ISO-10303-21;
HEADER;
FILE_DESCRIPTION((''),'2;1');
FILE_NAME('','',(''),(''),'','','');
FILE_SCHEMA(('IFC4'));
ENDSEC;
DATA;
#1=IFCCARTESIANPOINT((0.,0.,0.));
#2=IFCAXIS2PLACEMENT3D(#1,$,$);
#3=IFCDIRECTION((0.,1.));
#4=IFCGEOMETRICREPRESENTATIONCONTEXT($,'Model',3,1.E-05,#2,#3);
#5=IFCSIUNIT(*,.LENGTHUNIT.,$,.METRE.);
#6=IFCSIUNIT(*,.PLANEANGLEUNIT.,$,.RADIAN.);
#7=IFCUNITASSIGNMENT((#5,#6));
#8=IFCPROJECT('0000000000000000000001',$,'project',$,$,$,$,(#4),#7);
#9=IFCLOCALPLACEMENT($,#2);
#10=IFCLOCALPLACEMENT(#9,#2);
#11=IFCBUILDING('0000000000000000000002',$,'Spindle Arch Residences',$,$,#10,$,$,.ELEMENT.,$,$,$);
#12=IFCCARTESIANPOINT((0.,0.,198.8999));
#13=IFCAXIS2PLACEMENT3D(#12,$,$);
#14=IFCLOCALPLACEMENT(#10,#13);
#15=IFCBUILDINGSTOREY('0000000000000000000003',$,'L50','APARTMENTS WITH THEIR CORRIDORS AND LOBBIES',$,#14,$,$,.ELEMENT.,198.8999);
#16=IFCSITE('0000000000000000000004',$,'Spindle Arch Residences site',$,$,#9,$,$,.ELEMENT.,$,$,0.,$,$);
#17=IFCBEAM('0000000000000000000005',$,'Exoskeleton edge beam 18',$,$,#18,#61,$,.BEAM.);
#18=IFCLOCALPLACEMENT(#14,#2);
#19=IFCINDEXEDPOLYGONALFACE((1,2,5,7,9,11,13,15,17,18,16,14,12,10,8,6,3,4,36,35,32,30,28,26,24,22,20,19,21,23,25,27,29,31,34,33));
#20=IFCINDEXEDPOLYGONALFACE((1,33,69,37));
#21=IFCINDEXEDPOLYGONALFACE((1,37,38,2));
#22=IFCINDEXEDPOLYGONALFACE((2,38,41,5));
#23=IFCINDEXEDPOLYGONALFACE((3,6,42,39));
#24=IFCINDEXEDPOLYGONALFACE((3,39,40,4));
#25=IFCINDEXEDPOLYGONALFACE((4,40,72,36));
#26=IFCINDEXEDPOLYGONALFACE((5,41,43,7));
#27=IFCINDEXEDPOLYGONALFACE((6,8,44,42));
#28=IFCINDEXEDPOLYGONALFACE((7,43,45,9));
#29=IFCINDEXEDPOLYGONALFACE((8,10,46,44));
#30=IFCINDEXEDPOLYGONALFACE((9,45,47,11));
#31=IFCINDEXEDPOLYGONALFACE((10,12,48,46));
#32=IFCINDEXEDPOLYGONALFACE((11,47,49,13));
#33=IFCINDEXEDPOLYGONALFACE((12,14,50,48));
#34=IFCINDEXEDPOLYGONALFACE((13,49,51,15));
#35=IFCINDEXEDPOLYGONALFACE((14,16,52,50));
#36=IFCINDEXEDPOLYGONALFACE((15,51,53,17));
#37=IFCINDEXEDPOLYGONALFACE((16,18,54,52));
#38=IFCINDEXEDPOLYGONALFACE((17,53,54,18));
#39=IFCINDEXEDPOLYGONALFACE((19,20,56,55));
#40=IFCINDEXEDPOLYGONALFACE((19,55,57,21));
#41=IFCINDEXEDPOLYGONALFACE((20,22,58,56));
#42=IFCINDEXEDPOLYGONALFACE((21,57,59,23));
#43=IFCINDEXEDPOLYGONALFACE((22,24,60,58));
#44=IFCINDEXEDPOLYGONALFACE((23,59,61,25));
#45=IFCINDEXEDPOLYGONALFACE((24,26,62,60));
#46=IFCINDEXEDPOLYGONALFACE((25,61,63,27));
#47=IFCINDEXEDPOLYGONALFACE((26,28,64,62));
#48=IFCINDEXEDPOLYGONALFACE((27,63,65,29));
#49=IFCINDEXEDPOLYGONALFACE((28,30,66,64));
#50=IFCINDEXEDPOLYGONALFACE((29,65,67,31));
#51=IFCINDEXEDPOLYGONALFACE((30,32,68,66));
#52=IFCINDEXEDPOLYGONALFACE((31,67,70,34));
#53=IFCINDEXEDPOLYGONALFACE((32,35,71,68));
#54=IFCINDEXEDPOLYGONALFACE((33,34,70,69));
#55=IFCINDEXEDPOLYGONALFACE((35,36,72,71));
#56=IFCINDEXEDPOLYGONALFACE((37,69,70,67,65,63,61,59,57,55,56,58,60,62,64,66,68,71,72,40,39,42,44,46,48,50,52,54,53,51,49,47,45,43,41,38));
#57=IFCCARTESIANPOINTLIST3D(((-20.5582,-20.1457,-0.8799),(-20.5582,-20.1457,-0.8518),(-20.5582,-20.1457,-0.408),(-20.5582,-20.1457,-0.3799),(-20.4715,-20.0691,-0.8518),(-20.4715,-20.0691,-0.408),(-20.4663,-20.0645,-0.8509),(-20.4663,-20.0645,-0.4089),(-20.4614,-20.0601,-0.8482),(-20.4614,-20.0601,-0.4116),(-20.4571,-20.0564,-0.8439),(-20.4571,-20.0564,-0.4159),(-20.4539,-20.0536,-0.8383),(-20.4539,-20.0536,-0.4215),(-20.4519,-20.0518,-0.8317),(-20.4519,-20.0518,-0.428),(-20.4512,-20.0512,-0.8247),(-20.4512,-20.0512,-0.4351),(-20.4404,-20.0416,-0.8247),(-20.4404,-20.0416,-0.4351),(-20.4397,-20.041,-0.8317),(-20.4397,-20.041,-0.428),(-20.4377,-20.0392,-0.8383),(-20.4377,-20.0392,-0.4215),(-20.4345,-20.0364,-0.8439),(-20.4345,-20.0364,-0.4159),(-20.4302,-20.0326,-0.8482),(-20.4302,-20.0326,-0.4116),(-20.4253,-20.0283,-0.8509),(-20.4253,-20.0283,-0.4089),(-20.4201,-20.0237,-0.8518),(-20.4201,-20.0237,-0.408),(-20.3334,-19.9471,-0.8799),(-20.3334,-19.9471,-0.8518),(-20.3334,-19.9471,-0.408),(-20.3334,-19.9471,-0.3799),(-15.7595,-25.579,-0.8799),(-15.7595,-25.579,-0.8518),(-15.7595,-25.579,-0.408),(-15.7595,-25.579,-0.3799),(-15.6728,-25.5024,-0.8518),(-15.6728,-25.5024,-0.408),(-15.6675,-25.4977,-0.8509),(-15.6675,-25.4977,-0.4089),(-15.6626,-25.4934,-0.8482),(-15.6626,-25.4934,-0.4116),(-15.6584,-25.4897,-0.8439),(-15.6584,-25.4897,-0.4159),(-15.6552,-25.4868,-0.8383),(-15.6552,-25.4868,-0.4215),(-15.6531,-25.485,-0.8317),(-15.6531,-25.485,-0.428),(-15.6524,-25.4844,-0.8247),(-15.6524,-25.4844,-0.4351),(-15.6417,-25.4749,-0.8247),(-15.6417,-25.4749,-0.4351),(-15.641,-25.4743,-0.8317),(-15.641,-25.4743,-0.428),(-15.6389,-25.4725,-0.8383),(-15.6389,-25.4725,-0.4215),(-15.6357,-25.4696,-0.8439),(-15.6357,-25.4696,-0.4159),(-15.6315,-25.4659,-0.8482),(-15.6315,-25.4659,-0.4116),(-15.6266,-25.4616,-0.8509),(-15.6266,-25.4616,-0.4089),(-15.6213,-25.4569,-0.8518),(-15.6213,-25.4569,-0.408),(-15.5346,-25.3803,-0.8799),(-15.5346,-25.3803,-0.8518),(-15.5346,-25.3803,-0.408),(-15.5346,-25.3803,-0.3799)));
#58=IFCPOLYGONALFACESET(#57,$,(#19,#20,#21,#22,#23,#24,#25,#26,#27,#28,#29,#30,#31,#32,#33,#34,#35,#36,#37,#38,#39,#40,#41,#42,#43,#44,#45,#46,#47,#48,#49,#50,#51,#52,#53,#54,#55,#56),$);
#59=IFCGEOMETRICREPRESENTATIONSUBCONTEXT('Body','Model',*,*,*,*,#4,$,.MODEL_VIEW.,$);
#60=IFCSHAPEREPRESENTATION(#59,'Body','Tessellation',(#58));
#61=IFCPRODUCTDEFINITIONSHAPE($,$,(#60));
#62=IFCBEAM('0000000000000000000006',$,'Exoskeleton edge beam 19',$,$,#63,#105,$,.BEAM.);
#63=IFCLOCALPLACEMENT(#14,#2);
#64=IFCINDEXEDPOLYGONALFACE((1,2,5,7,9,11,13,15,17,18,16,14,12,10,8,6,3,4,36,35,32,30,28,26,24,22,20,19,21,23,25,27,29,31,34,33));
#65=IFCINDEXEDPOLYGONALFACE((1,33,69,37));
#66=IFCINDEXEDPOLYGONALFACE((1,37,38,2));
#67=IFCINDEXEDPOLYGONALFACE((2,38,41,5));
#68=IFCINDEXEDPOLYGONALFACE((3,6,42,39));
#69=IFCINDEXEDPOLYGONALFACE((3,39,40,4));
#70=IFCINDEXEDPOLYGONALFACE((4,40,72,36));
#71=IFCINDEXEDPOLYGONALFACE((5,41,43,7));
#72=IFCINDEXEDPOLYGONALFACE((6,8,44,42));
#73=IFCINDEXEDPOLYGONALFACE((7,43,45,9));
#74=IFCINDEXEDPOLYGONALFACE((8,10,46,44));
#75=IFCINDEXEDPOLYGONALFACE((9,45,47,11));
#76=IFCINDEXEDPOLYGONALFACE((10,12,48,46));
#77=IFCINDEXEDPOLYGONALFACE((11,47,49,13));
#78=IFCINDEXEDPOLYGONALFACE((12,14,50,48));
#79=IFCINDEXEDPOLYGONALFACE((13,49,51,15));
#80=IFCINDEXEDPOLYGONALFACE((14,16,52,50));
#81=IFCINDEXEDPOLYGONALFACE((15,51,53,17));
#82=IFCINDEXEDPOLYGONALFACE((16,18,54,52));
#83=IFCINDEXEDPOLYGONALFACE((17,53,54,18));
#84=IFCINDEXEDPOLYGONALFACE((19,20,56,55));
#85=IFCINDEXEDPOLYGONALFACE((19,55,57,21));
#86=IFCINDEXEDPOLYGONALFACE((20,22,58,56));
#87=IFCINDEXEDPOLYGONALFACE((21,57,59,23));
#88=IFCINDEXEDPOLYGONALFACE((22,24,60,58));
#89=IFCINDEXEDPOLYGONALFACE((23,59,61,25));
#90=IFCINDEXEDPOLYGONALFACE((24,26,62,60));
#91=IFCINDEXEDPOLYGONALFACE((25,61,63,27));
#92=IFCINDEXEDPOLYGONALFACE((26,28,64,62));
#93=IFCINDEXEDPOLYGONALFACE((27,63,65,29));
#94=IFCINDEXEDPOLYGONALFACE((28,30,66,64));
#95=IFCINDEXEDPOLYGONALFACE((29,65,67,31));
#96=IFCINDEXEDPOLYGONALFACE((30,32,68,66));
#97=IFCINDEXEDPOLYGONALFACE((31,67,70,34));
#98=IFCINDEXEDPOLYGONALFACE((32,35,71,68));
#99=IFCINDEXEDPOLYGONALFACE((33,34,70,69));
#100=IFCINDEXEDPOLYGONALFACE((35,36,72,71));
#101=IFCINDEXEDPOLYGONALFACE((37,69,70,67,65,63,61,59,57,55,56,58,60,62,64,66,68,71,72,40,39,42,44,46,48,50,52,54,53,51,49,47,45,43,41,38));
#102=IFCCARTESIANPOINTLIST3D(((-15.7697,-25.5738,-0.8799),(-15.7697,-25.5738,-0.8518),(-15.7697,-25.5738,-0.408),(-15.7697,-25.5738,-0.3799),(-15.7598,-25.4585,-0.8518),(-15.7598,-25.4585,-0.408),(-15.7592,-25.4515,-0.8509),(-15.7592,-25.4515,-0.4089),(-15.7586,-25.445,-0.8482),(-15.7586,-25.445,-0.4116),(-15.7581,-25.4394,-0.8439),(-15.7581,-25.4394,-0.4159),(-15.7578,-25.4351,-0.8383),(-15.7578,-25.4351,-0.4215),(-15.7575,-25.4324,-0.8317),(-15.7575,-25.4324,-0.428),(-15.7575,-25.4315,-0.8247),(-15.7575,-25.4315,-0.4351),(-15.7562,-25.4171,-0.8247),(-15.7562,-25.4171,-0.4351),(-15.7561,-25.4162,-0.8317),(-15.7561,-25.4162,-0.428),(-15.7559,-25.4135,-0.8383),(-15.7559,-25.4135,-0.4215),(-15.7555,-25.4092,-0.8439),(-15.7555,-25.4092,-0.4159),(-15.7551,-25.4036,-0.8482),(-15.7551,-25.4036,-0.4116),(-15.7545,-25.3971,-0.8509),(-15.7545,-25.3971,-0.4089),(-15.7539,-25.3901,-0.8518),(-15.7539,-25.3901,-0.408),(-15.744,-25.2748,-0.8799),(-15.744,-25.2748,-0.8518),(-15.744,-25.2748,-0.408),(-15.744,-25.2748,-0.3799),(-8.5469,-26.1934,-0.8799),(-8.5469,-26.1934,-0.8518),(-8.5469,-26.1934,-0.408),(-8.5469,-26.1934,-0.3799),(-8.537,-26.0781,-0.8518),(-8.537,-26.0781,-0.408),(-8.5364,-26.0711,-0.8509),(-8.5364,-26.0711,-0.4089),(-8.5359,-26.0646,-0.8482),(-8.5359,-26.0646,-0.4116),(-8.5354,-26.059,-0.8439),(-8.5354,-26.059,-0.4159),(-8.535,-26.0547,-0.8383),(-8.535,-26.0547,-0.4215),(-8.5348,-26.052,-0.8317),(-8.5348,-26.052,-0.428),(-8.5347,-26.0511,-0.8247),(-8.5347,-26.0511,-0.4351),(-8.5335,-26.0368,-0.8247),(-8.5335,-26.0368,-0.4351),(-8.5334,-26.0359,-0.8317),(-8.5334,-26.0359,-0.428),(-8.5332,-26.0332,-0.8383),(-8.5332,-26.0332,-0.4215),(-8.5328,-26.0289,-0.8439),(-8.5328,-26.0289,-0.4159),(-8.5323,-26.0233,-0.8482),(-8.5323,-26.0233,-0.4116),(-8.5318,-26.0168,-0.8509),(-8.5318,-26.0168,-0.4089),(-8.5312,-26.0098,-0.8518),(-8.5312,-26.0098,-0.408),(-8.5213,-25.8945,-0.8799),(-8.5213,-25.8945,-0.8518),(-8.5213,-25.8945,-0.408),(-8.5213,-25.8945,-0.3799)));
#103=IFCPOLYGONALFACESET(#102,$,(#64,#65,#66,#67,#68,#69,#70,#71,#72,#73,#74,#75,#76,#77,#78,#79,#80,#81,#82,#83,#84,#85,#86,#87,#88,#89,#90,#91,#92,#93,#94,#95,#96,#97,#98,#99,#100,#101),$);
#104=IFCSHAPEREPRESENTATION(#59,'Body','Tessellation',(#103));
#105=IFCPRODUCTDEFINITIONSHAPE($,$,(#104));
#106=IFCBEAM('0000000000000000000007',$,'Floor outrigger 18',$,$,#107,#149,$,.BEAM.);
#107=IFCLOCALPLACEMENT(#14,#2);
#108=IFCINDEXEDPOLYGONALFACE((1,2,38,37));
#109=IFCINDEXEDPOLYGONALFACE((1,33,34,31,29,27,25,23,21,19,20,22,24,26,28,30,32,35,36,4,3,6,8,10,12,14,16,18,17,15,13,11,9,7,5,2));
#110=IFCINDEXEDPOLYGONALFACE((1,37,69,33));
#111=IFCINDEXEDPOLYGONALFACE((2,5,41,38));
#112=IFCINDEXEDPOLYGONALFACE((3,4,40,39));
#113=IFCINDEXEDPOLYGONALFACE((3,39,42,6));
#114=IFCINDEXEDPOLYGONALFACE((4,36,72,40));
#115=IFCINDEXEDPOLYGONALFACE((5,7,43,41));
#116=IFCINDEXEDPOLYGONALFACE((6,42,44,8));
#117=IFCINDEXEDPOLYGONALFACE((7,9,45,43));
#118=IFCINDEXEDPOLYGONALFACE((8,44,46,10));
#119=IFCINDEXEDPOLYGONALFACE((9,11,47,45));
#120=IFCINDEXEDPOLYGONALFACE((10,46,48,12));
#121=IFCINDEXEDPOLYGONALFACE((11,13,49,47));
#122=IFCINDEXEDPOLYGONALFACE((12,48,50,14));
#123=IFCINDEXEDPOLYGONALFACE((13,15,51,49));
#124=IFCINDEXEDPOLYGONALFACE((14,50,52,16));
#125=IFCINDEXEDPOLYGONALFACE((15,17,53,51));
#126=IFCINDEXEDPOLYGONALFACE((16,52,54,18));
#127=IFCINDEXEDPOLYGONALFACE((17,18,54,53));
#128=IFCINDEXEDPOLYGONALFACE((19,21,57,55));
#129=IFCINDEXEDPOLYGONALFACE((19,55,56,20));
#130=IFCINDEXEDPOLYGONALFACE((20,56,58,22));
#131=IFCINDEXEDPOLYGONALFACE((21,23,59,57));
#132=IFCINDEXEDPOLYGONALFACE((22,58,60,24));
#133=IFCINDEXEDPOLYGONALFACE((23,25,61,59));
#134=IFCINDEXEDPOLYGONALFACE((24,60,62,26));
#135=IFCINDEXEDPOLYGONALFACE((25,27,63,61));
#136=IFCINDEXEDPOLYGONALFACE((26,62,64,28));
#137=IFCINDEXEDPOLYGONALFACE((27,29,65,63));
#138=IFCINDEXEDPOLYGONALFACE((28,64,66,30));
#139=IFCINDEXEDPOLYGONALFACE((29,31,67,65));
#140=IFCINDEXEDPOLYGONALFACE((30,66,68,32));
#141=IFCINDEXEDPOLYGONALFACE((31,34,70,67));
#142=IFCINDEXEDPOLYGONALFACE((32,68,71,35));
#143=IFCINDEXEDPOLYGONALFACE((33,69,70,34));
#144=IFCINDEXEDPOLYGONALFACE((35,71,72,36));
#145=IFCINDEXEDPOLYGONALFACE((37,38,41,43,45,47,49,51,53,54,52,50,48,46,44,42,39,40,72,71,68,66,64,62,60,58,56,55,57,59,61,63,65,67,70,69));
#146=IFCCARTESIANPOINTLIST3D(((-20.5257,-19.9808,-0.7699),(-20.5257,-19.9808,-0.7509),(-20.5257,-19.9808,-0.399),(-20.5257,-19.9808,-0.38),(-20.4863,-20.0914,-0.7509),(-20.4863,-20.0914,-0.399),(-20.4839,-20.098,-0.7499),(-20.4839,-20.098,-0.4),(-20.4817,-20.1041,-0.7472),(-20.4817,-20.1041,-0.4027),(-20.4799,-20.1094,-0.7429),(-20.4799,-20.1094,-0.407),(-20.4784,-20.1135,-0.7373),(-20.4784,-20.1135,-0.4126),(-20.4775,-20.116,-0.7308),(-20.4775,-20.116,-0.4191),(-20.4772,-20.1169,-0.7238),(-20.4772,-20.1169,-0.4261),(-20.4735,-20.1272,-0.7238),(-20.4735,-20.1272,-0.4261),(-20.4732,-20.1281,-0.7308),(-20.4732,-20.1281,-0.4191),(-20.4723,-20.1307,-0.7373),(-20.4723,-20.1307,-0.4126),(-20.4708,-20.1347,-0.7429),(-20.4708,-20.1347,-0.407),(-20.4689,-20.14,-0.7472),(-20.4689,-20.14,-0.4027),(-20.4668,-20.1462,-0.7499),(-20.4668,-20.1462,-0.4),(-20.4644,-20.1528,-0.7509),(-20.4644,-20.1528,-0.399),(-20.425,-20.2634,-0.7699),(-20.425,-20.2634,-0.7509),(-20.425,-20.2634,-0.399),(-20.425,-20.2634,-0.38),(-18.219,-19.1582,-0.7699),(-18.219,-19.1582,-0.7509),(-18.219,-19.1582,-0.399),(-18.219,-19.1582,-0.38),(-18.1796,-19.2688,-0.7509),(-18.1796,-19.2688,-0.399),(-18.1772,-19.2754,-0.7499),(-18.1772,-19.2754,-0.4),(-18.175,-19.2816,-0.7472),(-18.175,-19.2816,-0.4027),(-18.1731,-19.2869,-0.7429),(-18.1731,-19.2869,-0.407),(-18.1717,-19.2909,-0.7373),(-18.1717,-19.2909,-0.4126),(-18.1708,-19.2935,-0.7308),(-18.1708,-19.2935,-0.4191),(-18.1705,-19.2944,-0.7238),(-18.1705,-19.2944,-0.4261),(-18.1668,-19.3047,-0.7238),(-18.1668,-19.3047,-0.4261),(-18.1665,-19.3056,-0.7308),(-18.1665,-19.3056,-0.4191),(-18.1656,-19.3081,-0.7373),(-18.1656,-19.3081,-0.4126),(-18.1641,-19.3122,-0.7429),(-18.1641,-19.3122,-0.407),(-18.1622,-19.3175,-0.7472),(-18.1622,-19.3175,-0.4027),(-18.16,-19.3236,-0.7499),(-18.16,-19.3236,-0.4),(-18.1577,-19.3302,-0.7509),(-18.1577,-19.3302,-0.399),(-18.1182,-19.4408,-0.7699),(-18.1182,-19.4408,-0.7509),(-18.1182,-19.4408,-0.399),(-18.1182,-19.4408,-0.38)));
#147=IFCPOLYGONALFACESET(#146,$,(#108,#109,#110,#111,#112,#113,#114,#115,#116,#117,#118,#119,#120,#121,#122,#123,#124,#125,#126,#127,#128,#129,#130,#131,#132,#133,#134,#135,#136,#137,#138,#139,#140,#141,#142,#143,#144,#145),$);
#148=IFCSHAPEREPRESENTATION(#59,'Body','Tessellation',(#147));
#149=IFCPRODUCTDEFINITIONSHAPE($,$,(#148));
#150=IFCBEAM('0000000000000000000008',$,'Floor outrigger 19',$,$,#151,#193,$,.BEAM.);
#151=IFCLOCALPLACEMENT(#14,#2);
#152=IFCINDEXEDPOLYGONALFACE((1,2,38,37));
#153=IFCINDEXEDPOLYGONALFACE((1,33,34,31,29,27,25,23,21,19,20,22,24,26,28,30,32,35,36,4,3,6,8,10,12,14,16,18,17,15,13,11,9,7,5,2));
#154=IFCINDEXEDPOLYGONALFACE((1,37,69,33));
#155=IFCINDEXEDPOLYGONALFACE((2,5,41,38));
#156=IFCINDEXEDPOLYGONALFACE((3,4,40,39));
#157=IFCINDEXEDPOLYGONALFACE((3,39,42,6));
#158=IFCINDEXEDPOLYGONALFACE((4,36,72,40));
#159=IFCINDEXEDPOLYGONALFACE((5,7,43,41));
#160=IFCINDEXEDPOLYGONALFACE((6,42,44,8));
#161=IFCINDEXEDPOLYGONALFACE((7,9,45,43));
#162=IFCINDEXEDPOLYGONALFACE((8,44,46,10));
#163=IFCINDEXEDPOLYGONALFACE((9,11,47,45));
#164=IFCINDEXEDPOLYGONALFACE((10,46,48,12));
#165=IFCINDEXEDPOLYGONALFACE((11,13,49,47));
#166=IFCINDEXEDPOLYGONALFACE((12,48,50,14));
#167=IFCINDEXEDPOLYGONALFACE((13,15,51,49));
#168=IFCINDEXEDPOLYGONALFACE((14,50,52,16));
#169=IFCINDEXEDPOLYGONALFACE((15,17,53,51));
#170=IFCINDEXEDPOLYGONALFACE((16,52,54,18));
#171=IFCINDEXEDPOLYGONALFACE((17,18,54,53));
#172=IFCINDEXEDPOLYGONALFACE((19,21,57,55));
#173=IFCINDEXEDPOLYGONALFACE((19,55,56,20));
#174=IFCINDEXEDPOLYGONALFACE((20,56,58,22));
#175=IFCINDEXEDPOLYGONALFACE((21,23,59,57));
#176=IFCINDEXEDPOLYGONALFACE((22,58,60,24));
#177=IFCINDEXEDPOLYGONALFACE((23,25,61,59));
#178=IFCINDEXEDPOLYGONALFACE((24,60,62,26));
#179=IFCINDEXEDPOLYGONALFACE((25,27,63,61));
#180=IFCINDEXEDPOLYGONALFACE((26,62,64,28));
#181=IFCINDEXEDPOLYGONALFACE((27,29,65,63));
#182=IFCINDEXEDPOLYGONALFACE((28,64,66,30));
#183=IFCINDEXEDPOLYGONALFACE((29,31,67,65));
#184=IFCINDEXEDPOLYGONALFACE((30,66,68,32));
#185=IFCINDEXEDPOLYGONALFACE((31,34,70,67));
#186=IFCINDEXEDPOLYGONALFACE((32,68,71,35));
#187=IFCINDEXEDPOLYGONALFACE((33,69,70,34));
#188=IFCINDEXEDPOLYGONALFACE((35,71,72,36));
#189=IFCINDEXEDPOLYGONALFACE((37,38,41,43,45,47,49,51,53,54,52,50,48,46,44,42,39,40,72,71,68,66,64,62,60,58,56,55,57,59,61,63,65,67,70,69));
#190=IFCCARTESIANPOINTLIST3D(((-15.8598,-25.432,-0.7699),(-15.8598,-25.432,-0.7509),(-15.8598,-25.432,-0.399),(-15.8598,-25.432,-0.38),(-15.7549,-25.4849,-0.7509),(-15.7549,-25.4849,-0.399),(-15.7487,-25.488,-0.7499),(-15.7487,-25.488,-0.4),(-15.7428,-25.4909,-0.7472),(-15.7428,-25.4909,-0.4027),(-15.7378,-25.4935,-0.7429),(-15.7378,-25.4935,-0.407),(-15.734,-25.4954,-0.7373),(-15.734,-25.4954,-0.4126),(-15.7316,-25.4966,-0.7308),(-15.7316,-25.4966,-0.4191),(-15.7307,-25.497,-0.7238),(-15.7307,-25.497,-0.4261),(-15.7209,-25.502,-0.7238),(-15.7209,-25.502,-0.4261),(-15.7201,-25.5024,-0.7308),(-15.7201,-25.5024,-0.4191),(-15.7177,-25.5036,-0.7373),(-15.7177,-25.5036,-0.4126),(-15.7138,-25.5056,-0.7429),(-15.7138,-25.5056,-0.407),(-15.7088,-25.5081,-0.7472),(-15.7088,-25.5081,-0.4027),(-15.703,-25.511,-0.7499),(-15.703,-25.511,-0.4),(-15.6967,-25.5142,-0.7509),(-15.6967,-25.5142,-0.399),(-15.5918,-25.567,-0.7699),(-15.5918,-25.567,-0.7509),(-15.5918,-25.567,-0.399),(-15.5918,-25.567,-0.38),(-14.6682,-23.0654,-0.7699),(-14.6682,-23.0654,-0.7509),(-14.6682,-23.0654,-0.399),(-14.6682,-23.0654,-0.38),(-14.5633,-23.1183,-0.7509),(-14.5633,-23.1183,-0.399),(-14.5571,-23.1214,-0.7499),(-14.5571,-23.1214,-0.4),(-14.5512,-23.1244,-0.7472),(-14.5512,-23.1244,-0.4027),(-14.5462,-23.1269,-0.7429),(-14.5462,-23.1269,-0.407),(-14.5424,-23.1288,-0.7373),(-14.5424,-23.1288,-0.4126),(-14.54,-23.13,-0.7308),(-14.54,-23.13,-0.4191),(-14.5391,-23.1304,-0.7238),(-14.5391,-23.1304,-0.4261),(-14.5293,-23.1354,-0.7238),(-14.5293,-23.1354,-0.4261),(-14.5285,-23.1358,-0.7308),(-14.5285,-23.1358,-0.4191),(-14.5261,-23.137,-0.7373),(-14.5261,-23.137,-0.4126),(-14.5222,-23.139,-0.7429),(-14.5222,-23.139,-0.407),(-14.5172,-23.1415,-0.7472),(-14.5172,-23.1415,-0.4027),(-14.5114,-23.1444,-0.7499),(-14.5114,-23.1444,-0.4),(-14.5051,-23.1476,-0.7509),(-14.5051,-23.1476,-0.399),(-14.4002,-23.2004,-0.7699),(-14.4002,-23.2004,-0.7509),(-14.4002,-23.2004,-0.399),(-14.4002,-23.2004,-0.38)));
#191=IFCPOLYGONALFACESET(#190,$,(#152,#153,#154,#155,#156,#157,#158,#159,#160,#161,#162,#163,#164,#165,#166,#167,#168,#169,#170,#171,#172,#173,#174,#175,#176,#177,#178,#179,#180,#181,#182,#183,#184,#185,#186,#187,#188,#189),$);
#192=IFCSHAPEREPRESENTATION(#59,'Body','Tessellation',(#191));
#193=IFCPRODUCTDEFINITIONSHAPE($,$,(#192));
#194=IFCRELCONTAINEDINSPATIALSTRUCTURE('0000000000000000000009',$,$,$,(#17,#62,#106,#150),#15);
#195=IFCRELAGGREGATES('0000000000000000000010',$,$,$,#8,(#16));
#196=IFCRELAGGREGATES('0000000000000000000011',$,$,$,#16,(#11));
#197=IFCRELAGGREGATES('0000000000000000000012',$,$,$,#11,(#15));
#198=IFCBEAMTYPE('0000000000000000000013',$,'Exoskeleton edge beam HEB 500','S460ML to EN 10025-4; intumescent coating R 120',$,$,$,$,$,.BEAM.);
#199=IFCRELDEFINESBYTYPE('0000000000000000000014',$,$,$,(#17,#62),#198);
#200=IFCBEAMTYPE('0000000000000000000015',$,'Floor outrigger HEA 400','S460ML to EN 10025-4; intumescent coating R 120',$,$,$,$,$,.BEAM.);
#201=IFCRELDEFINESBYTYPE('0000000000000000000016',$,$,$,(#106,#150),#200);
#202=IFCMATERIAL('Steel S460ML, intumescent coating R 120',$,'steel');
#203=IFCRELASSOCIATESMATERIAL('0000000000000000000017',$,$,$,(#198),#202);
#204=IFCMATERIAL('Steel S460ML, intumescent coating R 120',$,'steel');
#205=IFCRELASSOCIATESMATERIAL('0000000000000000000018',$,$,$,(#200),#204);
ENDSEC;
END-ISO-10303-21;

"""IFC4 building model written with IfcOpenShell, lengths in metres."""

from ifc_helpers import new_model, si_unit, direction, frame, origin, origin_2d, place, context, subcontext, project, spatial, i_section, extrude, material, material_profile, profile_set, type_object, element, save


model = new_model("IFC4")

# Units and contexts
model_context = context("Model", 3, precision=1e-05, world=origin(), true_north=direction((0.0, 1.0)))
body_context = subcontext(model_context, "Body", "Model", "MODEL_VIEW")
ifc_project = project(units=[si_unit("LENGTHUNIT", "METRE"), si_unit("PLANEANGLEUNIT", "RADIAN")], contexts=[model_context])

# Site, building, storey
site_placement = place(None, origin())
site = spatial("IfcSite", under=ifc_project, at=site_placement, Name="Spindle Arch Residences site", CompositionType="ELEMENT", RefElevation=0.0)
building_placement = place(site_placement, origin())
building = spatial("IfcBuilding", under=site, at=building_placement, Name="Spindle Arch Residences", CompositionType="ELEMENT")
storey_placement = place(building_placement, frame((0.0, 0.0, 198.8999)))
storey = spatial("IfcBuildingStorey", under=building, at=storey_placement, Name="L50", Description="APARTMENTS WITH THEIR CORRIDORS AND LOBBIES", CompositionType="ELEMENT", Elevation=198.8999)

# Beams
ifc_material_1 = material(Name="Steel S460ML, intumescent coating R 120", Category="steel")
ifc_material_profile_1 = material_profile(ifc_material_1, i_section(OverallWidth=0.3, OverallDepth=0.5, WebThickness=0.0144, FlangeThickness=0.0281, FilletRadius=0.0271, at=origin_2d()), Name="HEB 500")
ifc_profile_set_1 = profile_set([ifc_material_profile_1], Name="Steel S460ML, intumescent coating R 120")
beam_type_1 = type_object("IfcBeamType", Name="Exoskeleton edge beam HEB 500", Description="S460ML to EN 10025-4; intumescent coating R 120", PredefinedType="BEAM", material=ifc_profile_set_1)
beam_1_placement = place(storey_placement, frame((-20.4458, -20.0464, -0.6299), z_axis=(0.661986, -0.749516, 0.0), x_axis=(0.749516, 0.661986, 0.0)))
element("IfcBeam", 1, at=beam_1_placement, inside=storey, type_object=beam_type_1, Name="Exoskeleton edge beam 18", PredefinedType="BEAM", context=body_context, shape_type="SweptSolid", body=[
    extrude(i_section(OverallWidth=0.3, OverallDepth=0.5, WebThickness=0.0144, FlangeThickness=0.0281, FilletRadius=0.0271, at=origin_2d()), origin(), (0.0, 0.0, 1.0), 7.249),
])
beam_2_placement = place(storey_placement, frame((-15.7568, -25.4243, -0.6299), z_axis=(0.99634, -0.085476, 0.0), x_axis=(0.085476, 0.99634, 0.0)))
element("IfcBeam", 2, at=beam_2_placement, inside=storey, type_object=beam_type_1, Name="Exoskeleton edge beam 19", PredefinedType="BEAM", context=body_context, shape_type="SweptSolid", body=[
    extrude(i_section(OverallWidth=0.3, OverallDepth=0.5, WebThickness=0.0144, FlangeThickness=0.0281, FilletRadius=0.0271, at=origin_2d()), origin(), (0.0, 0.0, 1.0), 7.2493),
])
ifc_material_2 = material(Name="Steel S460ML, intumescent coating R 120", Category="steel")
ifc_material_profile_2 = material_profile(ifc_material_2, i_section(OverallWidth=0.3, OverallDepth=0.3899, WebThickness=0.011, FlangeThickness=0.019, FilletRadius=0.0271, at=origin_2d()), Name="HEA 400")
ifc_profile_set_2 = profile_set([ifc_material_profile_2], Name="Steel S460ML, intumescent coating R 120")
beam_type_2 = type_object("IfcBeamType", Name="Floor outrigger HEA 400", Description="S460ML to EN 10025-4; intumescent coating R 120", PredefinedType="BEAM", material=ifc_profile_set_2)
beam_3_placement = place(storey_placement, frame((-20.4753, -20.1221, -0.575), z_axis=(0.941909, 0.335869, 0.0), x_axis=(-0.335869, 0.941909, 0.0)))
element("IfcBeam", 3, at=beam_3_placement, inside=storey, type_object=beam_type_2, Name="Floor outrigger 18", PredefinedType="BEAM", context=body_context, shape_type="SweptSolid", body=[
    extrude(i_section(OverallWidth=0.3, OverallDepth=0.3899, WebThickness=0.011, FlangeThickness=0.019, FilletRadius=0.0271, at=origin_2d()), origin(), (0.0, 0.0, 1.0), 2.449),
])
beam_4_placement = place(storey_placement, frame((-15.7258, -25.4995, -0.575), z_axis=(0.449718, 0.893171, 0.0), x_axis=(-0.893171, 0.449718, 0.0)))
element("IfcBeam", 4, at=beam_4_placement, inside=storey, type_object=beam_type_2, Name="Floor outrigger 19", PredefinedType="BEAM", context=body_context, shape_type="SweptSolid", body=[
    extrude(i_section(OverallWidth=0.3, OverallDepth=0.3899, WebThickness=0.011, FlangeThickness=0.019, FilletRadius=0.0271, at=origin_2d()), origin(), (0.0, 0.0, 1.0), 2.6497),
])

save(model, "model.ifc")
